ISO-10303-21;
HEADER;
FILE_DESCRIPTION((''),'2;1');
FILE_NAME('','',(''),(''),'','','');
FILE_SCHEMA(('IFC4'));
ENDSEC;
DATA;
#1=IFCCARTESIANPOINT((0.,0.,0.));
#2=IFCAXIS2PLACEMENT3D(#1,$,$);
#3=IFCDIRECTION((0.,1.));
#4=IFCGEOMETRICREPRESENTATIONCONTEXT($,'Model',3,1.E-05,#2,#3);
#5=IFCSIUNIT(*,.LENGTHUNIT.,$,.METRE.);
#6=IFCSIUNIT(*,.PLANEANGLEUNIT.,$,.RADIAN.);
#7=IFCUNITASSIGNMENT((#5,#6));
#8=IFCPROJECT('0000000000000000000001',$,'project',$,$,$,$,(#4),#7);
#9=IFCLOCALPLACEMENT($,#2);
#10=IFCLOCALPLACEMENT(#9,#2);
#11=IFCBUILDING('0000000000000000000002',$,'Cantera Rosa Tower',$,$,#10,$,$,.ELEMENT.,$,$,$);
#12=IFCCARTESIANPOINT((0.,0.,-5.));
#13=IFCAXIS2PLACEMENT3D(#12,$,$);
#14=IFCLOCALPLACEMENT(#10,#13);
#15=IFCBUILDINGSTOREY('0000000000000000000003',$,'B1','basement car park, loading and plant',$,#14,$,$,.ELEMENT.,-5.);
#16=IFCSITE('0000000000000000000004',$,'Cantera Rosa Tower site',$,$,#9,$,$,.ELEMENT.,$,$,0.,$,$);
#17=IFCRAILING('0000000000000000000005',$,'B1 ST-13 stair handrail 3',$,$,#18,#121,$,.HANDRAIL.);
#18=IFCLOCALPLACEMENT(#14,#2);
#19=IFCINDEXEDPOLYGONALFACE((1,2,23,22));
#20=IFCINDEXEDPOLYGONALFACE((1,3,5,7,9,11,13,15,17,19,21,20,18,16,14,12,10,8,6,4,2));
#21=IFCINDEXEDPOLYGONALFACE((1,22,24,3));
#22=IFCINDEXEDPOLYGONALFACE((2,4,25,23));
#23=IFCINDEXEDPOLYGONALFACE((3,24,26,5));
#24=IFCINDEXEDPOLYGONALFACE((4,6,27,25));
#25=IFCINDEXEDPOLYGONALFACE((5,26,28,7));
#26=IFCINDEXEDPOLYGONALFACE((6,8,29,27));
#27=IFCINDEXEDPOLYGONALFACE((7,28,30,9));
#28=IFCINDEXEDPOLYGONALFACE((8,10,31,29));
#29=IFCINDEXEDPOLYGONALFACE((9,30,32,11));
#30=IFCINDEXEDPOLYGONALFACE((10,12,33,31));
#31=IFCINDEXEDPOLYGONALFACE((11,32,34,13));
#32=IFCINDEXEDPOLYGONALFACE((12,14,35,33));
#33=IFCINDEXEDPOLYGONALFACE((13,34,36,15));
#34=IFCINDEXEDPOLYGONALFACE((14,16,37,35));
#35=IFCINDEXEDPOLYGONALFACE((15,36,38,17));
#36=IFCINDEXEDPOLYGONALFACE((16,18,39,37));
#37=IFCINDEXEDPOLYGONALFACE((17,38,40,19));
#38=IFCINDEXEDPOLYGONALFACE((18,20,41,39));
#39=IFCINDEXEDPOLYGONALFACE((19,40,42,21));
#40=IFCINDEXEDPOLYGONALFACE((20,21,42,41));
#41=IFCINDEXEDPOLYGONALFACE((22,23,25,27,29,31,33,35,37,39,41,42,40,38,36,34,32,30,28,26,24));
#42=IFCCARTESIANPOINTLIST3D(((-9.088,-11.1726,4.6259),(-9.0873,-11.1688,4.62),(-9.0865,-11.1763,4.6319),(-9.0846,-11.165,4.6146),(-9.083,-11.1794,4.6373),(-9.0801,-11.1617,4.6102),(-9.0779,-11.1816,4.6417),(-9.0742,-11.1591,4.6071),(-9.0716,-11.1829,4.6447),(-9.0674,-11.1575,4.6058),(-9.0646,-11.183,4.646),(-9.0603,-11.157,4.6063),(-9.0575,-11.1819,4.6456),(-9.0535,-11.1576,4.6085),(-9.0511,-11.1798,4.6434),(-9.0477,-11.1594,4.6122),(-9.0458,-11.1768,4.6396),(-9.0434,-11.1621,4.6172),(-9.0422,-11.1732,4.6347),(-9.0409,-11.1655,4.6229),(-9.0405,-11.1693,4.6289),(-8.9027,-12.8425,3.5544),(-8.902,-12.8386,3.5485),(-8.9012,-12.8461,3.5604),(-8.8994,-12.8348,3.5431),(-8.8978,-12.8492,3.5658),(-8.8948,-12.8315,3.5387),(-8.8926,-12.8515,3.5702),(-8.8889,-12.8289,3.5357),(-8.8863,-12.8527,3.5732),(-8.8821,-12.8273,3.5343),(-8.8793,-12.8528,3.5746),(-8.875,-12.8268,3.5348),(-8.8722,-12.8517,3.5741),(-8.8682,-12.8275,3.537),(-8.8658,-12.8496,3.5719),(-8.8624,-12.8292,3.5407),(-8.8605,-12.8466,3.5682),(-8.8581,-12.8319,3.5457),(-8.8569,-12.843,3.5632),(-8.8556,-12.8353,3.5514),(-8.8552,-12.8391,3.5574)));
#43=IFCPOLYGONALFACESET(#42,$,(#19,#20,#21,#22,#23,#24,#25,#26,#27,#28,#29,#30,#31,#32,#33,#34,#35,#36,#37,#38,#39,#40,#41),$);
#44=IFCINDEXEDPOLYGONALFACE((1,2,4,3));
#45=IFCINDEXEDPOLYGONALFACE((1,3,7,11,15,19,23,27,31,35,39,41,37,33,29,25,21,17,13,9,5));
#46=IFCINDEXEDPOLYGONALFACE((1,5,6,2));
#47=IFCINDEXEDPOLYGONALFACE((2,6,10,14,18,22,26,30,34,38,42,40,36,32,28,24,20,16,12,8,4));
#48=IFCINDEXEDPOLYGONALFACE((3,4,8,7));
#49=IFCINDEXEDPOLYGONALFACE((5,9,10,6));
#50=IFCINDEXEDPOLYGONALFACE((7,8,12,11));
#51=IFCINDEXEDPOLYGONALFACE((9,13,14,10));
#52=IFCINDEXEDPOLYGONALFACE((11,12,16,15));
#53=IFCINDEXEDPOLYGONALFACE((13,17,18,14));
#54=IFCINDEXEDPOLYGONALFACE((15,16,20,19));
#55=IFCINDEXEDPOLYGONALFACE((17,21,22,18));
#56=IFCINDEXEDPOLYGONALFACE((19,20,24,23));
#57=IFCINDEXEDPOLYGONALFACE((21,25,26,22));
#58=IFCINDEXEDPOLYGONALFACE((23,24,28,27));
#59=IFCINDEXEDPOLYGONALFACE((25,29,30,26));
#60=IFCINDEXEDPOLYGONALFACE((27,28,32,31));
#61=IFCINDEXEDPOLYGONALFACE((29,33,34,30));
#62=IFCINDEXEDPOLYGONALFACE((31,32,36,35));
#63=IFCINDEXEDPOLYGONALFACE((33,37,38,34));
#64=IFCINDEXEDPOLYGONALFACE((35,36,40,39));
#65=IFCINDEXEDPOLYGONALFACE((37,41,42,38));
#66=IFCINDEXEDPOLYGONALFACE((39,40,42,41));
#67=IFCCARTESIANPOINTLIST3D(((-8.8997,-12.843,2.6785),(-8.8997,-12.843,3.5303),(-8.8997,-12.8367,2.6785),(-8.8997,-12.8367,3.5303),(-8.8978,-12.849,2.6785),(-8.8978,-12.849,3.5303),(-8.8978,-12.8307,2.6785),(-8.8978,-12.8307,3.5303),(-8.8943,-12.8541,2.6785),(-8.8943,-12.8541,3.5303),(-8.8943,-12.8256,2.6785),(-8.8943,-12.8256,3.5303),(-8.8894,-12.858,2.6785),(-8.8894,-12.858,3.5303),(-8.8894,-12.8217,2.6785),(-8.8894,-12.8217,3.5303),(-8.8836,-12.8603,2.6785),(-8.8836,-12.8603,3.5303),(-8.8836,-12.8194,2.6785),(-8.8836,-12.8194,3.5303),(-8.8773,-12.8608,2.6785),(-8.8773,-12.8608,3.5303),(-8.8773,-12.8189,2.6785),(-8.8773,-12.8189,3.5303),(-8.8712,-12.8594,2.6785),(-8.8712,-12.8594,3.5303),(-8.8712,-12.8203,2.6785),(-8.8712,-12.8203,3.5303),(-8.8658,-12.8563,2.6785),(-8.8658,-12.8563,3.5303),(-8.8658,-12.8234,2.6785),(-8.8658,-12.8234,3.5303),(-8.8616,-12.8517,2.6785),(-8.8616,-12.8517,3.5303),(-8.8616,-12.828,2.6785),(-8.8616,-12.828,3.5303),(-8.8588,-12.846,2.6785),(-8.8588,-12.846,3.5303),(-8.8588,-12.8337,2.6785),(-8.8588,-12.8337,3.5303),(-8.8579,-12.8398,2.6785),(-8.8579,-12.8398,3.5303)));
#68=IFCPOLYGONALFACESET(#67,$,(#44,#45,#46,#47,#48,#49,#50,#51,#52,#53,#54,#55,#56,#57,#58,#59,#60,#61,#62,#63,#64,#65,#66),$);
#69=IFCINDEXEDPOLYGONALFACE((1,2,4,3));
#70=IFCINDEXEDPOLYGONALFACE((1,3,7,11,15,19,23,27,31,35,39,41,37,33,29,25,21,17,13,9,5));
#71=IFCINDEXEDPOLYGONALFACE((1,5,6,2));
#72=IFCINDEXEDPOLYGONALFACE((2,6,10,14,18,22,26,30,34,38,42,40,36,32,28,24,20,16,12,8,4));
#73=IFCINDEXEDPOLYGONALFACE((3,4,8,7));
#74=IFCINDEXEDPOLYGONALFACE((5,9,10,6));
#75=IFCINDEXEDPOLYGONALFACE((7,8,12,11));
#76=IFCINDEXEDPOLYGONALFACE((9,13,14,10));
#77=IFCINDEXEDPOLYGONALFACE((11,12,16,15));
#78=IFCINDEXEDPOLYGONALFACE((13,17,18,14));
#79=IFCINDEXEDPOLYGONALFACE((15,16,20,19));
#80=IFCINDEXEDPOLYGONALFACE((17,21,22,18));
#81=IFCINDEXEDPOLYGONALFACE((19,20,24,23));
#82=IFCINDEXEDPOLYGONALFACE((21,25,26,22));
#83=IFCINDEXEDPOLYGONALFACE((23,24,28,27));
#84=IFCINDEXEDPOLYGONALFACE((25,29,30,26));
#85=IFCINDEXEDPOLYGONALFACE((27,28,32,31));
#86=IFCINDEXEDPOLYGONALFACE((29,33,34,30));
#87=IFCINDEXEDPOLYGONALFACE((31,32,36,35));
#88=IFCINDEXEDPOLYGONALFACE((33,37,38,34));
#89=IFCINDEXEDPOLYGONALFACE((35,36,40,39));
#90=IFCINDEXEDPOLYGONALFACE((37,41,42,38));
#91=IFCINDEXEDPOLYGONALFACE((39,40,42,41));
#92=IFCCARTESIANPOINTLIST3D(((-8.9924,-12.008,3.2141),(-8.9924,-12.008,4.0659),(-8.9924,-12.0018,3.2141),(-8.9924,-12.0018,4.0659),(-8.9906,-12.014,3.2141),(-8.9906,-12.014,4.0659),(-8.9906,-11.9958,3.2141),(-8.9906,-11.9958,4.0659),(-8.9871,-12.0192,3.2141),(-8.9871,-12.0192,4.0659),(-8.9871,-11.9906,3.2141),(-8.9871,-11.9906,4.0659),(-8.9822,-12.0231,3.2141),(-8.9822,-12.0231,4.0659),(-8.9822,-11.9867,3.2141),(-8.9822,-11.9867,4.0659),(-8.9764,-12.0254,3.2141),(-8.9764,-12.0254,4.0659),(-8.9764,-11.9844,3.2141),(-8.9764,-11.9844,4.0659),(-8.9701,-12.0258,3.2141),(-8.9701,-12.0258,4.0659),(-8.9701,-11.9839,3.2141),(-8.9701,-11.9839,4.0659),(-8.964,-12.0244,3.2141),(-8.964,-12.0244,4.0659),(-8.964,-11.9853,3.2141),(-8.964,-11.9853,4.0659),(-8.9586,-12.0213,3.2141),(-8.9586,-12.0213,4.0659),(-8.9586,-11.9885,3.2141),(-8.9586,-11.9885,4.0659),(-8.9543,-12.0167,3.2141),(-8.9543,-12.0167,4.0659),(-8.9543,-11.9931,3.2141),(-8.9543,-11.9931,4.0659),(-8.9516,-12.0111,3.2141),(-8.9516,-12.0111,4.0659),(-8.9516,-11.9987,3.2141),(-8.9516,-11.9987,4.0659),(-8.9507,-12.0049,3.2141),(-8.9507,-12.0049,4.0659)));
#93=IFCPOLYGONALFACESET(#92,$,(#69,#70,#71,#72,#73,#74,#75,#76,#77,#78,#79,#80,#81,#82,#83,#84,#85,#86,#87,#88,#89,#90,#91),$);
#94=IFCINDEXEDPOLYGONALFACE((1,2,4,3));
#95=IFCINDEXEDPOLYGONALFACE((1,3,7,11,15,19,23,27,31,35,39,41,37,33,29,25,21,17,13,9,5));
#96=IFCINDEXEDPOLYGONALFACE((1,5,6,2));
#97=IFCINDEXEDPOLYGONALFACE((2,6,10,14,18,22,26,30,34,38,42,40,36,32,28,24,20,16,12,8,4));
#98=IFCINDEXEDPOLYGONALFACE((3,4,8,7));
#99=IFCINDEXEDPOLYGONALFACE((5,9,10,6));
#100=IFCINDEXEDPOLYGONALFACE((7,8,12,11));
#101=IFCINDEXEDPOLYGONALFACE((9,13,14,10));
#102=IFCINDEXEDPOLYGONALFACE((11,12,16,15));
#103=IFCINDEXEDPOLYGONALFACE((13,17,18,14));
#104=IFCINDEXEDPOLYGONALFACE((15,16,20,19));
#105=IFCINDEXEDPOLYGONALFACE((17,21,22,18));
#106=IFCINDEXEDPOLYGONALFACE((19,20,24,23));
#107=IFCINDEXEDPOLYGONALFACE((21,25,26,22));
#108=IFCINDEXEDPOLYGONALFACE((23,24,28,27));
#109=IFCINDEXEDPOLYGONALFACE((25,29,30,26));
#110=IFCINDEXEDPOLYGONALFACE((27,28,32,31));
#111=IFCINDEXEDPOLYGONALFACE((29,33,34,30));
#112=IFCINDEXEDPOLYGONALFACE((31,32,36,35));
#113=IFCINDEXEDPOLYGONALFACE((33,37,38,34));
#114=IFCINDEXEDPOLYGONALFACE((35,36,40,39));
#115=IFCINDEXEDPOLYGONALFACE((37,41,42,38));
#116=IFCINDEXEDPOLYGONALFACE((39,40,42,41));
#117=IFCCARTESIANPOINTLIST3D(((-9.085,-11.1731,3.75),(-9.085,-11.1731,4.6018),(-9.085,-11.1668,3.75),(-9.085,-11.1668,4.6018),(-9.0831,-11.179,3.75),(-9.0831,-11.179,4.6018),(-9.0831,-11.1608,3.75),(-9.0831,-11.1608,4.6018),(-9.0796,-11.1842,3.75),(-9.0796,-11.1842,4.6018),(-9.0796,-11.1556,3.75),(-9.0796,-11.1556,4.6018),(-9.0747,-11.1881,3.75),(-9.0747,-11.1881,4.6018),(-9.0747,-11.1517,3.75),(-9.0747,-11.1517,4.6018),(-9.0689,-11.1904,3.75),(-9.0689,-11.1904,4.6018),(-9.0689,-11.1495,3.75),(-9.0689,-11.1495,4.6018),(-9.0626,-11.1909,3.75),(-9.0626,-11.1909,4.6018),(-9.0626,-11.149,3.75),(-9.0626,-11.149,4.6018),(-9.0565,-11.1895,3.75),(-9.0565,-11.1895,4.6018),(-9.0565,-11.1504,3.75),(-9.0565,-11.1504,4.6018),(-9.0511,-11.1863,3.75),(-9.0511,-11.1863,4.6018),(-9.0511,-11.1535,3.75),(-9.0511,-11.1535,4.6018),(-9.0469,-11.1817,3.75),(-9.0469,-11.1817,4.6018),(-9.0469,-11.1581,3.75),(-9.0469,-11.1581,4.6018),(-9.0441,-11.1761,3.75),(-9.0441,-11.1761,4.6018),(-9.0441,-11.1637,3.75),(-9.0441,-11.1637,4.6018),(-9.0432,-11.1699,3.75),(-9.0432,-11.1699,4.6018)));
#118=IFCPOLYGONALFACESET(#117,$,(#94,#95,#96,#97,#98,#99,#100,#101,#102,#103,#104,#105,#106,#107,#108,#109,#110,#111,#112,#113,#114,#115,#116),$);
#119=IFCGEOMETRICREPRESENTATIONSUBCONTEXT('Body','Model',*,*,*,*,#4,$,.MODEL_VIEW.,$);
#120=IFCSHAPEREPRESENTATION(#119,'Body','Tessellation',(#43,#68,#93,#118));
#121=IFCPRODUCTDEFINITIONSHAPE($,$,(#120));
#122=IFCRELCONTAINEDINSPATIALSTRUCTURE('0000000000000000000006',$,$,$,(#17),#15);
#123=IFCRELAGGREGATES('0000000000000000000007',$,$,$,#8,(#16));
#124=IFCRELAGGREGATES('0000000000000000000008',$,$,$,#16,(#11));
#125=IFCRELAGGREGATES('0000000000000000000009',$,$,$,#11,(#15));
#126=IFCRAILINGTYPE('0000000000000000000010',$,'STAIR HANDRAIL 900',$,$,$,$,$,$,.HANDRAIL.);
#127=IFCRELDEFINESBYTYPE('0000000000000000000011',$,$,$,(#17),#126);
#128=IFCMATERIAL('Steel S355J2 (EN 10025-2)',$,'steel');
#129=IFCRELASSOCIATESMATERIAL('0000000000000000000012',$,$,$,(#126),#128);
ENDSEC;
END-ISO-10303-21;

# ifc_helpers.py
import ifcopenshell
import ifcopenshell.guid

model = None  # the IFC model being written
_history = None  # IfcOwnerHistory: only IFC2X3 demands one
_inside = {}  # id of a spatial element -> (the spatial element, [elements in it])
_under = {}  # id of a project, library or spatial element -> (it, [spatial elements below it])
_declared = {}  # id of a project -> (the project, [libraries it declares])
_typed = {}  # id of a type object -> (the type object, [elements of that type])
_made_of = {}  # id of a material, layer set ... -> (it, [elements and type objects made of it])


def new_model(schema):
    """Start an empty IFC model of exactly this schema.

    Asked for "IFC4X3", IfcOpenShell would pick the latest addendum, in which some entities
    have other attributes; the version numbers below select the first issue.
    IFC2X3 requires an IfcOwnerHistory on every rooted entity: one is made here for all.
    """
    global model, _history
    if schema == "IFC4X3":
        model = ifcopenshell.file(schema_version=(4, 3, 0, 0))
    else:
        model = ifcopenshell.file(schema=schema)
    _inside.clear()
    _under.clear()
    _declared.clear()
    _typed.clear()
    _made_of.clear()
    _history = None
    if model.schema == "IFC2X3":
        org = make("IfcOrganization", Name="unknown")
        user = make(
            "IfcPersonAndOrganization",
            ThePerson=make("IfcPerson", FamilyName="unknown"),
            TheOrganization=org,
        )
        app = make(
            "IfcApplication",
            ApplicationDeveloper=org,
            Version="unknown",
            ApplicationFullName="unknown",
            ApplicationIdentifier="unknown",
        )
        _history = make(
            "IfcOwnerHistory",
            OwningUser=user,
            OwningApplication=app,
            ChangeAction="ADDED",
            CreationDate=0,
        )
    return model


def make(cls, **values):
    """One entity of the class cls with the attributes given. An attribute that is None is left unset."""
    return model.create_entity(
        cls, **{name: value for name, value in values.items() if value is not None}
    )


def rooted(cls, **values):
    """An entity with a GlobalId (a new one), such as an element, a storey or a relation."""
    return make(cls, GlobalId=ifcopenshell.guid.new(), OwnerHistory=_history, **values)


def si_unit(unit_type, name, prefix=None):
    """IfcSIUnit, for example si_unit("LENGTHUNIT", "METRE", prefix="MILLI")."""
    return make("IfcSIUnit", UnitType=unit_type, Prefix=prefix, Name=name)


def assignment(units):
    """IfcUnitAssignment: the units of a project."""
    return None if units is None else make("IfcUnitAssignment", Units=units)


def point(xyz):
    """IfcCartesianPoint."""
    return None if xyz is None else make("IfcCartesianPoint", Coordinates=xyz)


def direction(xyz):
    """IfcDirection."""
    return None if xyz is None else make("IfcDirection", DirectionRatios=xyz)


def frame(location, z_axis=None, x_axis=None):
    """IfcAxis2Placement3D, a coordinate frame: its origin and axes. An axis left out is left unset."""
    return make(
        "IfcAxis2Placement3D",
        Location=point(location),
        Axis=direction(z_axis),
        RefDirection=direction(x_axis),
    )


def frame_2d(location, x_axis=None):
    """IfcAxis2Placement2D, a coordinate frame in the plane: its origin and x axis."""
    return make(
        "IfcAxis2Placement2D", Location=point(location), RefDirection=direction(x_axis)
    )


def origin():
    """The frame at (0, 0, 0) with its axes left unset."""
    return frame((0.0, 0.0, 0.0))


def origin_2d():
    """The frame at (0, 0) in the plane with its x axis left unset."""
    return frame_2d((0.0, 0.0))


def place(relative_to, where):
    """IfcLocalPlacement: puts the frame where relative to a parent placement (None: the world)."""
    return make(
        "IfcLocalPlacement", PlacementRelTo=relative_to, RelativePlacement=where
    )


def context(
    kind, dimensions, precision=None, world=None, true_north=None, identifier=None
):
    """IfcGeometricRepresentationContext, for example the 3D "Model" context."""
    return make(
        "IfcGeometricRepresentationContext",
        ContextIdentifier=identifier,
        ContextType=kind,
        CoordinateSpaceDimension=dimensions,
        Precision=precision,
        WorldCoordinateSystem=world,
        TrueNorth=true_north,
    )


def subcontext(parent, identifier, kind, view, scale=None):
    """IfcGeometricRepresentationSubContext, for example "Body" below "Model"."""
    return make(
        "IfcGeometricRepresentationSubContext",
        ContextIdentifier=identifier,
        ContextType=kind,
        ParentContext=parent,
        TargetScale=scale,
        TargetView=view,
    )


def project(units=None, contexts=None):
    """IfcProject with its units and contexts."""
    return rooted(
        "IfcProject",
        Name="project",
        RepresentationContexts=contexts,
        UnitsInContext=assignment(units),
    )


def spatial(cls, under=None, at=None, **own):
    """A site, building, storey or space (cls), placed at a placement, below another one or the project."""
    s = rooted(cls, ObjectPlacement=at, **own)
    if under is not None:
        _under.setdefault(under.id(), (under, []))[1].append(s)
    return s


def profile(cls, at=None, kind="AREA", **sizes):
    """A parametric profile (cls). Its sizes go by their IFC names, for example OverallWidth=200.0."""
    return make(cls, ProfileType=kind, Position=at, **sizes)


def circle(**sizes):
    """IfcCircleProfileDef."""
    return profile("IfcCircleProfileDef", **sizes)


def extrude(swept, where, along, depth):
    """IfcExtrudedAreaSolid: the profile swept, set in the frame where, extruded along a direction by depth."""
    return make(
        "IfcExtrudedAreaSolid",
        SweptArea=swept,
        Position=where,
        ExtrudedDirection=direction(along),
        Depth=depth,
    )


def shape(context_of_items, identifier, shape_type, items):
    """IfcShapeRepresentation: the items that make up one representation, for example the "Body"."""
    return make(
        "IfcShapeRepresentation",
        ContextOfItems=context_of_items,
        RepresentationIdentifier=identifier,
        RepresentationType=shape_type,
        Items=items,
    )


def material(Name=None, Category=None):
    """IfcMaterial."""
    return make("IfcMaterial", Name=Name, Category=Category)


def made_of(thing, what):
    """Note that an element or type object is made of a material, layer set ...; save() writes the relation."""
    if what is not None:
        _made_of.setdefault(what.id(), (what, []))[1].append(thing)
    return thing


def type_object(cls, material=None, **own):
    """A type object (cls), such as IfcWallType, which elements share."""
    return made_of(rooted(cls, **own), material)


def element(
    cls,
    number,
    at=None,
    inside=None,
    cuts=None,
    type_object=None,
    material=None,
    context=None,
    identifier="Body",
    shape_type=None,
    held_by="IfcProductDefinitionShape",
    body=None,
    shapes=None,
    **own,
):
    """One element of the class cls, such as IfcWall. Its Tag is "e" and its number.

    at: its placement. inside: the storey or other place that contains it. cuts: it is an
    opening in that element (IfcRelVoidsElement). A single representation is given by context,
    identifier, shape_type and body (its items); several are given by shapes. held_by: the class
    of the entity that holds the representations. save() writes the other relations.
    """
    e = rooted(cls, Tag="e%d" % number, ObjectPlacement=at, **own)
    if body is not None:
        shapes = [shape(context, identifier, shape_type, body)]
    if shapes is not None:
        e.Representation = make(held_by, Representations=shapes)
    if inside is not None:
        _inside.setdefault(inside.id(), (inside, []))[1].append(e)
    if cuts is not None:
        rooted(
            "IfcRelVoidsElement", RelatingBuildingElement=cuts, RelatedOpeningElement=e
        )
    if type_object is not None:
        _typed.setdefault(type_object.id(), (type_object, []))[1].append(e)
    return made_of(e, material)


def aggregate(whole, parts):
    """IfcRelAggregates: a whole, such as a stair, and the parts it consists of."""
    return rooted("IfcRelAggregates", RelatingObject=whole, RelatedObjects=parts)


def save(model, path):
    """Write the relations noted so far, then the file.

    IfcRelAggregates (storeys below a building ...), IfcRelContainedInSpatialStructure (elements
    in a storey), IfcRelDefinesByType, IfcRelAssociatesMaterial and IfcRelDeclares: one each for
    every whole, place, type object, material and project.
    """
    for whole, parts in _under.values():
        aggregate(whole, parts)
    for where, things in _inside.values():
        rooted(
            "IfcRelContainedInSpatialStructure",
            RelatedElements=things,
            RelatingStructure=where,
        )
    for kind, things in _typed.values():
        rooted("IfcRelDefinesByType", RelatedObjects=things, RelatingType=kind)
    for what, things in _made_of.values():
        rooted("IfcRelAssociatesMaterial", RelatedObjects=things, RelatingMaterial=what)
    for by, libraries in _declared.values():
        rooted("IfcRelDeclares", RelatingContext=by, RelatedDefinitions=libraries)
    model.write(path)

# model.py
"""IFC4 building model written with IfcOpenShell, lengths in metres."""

from ifc_helpers import new_model, si_unit, direction, frame, origin, origin_2d, place, context, subcontext, project, spatial, circle, extrude, material, type_object, element, save


model = new_model("IFC4")

# Units and contexts
model_context = context("Model", 3, precision=1e-05, world=origin(), true_north=direction((0.0, 1.0)))
body_context = subcontext(model_context, "Body", "Model", "MODEL_VIEW")
ifc_project = project(units=[si_unit("LENGTHUNIT", "METRE"), si_unit("PLANEANGLEUNIT", "RADIAN")], contexts=[model_context])

# Site, building, storey
site_placement = place(None, origin())
site = spatial("IfcSite", under=ifc_project, at=site_placement, Name="Cantera Rosa Tower site", CompositionType="ELEMENT", RefElevation=0.0)
building_placement = place(site_placement, origin())
building = spatial("IfcBuilding", under=site, at=building_placement, Name="Cantera Rosa Tower", CompositionType="ELEMENT")
storey_placement = place(building_placement, frame((0.0, 0.0, -5.0)))
storey = spatial("IfcBuildingStorey", under=building, at=storey_placement, Name="B1", Description="basement car park, loading and plant", CompositionType="ELEMENT", Elevation=-5.0)

# Railing
ifc_material_1 = material(Name="Steel S355J2 (EN 10025-2)", Category="steel")
railing_type_1 = type_object("IfcRailingType", Name="STAIR HANDRAIL 900", PredefinedType="HANDRAIL", material=ifc_material_1)
railing_1_placement = place(storey_placement, frame((-8.8789, -12.8398, 2.6785)))
element("IfcRailing", 1, at=railing_1_placement, inside=storey, type_object=railing_type_1, Name="B1 ST-13 stair handrail 3", PredefinedType="HANDRAIL", context=body_context, shape_type="SweptSolid", body=[
    extrude(circle(Radius=0.0239, at=origin_2d()), frame((0.0, 0.0, 0.876), z_axis=(-0.092987, 0.837987, 0.537709), x_axis=(-0.9939, -0.110288, 0.0)), (0.0, 0.0, 1.0), 1.9927),
    extrude(circle(Radius=0.021, at=origin_2d()), origin(), (0.0, 0.0, 1.0), 0.8518),
    extrude(circle(Radius=0.021, at=origin_2d()), frame((-0.0928, 0.835, 0.5356)), (0.0, 0.0, 1.0), 0.8518),
    extrude(circle(Radius=0.021, at=origin_2d()), frame((-0.1853, 1.6699, 1.0715)), (0.0, 0.0, 1.0), 0.8518),
])

save(model, "model.ifc")
